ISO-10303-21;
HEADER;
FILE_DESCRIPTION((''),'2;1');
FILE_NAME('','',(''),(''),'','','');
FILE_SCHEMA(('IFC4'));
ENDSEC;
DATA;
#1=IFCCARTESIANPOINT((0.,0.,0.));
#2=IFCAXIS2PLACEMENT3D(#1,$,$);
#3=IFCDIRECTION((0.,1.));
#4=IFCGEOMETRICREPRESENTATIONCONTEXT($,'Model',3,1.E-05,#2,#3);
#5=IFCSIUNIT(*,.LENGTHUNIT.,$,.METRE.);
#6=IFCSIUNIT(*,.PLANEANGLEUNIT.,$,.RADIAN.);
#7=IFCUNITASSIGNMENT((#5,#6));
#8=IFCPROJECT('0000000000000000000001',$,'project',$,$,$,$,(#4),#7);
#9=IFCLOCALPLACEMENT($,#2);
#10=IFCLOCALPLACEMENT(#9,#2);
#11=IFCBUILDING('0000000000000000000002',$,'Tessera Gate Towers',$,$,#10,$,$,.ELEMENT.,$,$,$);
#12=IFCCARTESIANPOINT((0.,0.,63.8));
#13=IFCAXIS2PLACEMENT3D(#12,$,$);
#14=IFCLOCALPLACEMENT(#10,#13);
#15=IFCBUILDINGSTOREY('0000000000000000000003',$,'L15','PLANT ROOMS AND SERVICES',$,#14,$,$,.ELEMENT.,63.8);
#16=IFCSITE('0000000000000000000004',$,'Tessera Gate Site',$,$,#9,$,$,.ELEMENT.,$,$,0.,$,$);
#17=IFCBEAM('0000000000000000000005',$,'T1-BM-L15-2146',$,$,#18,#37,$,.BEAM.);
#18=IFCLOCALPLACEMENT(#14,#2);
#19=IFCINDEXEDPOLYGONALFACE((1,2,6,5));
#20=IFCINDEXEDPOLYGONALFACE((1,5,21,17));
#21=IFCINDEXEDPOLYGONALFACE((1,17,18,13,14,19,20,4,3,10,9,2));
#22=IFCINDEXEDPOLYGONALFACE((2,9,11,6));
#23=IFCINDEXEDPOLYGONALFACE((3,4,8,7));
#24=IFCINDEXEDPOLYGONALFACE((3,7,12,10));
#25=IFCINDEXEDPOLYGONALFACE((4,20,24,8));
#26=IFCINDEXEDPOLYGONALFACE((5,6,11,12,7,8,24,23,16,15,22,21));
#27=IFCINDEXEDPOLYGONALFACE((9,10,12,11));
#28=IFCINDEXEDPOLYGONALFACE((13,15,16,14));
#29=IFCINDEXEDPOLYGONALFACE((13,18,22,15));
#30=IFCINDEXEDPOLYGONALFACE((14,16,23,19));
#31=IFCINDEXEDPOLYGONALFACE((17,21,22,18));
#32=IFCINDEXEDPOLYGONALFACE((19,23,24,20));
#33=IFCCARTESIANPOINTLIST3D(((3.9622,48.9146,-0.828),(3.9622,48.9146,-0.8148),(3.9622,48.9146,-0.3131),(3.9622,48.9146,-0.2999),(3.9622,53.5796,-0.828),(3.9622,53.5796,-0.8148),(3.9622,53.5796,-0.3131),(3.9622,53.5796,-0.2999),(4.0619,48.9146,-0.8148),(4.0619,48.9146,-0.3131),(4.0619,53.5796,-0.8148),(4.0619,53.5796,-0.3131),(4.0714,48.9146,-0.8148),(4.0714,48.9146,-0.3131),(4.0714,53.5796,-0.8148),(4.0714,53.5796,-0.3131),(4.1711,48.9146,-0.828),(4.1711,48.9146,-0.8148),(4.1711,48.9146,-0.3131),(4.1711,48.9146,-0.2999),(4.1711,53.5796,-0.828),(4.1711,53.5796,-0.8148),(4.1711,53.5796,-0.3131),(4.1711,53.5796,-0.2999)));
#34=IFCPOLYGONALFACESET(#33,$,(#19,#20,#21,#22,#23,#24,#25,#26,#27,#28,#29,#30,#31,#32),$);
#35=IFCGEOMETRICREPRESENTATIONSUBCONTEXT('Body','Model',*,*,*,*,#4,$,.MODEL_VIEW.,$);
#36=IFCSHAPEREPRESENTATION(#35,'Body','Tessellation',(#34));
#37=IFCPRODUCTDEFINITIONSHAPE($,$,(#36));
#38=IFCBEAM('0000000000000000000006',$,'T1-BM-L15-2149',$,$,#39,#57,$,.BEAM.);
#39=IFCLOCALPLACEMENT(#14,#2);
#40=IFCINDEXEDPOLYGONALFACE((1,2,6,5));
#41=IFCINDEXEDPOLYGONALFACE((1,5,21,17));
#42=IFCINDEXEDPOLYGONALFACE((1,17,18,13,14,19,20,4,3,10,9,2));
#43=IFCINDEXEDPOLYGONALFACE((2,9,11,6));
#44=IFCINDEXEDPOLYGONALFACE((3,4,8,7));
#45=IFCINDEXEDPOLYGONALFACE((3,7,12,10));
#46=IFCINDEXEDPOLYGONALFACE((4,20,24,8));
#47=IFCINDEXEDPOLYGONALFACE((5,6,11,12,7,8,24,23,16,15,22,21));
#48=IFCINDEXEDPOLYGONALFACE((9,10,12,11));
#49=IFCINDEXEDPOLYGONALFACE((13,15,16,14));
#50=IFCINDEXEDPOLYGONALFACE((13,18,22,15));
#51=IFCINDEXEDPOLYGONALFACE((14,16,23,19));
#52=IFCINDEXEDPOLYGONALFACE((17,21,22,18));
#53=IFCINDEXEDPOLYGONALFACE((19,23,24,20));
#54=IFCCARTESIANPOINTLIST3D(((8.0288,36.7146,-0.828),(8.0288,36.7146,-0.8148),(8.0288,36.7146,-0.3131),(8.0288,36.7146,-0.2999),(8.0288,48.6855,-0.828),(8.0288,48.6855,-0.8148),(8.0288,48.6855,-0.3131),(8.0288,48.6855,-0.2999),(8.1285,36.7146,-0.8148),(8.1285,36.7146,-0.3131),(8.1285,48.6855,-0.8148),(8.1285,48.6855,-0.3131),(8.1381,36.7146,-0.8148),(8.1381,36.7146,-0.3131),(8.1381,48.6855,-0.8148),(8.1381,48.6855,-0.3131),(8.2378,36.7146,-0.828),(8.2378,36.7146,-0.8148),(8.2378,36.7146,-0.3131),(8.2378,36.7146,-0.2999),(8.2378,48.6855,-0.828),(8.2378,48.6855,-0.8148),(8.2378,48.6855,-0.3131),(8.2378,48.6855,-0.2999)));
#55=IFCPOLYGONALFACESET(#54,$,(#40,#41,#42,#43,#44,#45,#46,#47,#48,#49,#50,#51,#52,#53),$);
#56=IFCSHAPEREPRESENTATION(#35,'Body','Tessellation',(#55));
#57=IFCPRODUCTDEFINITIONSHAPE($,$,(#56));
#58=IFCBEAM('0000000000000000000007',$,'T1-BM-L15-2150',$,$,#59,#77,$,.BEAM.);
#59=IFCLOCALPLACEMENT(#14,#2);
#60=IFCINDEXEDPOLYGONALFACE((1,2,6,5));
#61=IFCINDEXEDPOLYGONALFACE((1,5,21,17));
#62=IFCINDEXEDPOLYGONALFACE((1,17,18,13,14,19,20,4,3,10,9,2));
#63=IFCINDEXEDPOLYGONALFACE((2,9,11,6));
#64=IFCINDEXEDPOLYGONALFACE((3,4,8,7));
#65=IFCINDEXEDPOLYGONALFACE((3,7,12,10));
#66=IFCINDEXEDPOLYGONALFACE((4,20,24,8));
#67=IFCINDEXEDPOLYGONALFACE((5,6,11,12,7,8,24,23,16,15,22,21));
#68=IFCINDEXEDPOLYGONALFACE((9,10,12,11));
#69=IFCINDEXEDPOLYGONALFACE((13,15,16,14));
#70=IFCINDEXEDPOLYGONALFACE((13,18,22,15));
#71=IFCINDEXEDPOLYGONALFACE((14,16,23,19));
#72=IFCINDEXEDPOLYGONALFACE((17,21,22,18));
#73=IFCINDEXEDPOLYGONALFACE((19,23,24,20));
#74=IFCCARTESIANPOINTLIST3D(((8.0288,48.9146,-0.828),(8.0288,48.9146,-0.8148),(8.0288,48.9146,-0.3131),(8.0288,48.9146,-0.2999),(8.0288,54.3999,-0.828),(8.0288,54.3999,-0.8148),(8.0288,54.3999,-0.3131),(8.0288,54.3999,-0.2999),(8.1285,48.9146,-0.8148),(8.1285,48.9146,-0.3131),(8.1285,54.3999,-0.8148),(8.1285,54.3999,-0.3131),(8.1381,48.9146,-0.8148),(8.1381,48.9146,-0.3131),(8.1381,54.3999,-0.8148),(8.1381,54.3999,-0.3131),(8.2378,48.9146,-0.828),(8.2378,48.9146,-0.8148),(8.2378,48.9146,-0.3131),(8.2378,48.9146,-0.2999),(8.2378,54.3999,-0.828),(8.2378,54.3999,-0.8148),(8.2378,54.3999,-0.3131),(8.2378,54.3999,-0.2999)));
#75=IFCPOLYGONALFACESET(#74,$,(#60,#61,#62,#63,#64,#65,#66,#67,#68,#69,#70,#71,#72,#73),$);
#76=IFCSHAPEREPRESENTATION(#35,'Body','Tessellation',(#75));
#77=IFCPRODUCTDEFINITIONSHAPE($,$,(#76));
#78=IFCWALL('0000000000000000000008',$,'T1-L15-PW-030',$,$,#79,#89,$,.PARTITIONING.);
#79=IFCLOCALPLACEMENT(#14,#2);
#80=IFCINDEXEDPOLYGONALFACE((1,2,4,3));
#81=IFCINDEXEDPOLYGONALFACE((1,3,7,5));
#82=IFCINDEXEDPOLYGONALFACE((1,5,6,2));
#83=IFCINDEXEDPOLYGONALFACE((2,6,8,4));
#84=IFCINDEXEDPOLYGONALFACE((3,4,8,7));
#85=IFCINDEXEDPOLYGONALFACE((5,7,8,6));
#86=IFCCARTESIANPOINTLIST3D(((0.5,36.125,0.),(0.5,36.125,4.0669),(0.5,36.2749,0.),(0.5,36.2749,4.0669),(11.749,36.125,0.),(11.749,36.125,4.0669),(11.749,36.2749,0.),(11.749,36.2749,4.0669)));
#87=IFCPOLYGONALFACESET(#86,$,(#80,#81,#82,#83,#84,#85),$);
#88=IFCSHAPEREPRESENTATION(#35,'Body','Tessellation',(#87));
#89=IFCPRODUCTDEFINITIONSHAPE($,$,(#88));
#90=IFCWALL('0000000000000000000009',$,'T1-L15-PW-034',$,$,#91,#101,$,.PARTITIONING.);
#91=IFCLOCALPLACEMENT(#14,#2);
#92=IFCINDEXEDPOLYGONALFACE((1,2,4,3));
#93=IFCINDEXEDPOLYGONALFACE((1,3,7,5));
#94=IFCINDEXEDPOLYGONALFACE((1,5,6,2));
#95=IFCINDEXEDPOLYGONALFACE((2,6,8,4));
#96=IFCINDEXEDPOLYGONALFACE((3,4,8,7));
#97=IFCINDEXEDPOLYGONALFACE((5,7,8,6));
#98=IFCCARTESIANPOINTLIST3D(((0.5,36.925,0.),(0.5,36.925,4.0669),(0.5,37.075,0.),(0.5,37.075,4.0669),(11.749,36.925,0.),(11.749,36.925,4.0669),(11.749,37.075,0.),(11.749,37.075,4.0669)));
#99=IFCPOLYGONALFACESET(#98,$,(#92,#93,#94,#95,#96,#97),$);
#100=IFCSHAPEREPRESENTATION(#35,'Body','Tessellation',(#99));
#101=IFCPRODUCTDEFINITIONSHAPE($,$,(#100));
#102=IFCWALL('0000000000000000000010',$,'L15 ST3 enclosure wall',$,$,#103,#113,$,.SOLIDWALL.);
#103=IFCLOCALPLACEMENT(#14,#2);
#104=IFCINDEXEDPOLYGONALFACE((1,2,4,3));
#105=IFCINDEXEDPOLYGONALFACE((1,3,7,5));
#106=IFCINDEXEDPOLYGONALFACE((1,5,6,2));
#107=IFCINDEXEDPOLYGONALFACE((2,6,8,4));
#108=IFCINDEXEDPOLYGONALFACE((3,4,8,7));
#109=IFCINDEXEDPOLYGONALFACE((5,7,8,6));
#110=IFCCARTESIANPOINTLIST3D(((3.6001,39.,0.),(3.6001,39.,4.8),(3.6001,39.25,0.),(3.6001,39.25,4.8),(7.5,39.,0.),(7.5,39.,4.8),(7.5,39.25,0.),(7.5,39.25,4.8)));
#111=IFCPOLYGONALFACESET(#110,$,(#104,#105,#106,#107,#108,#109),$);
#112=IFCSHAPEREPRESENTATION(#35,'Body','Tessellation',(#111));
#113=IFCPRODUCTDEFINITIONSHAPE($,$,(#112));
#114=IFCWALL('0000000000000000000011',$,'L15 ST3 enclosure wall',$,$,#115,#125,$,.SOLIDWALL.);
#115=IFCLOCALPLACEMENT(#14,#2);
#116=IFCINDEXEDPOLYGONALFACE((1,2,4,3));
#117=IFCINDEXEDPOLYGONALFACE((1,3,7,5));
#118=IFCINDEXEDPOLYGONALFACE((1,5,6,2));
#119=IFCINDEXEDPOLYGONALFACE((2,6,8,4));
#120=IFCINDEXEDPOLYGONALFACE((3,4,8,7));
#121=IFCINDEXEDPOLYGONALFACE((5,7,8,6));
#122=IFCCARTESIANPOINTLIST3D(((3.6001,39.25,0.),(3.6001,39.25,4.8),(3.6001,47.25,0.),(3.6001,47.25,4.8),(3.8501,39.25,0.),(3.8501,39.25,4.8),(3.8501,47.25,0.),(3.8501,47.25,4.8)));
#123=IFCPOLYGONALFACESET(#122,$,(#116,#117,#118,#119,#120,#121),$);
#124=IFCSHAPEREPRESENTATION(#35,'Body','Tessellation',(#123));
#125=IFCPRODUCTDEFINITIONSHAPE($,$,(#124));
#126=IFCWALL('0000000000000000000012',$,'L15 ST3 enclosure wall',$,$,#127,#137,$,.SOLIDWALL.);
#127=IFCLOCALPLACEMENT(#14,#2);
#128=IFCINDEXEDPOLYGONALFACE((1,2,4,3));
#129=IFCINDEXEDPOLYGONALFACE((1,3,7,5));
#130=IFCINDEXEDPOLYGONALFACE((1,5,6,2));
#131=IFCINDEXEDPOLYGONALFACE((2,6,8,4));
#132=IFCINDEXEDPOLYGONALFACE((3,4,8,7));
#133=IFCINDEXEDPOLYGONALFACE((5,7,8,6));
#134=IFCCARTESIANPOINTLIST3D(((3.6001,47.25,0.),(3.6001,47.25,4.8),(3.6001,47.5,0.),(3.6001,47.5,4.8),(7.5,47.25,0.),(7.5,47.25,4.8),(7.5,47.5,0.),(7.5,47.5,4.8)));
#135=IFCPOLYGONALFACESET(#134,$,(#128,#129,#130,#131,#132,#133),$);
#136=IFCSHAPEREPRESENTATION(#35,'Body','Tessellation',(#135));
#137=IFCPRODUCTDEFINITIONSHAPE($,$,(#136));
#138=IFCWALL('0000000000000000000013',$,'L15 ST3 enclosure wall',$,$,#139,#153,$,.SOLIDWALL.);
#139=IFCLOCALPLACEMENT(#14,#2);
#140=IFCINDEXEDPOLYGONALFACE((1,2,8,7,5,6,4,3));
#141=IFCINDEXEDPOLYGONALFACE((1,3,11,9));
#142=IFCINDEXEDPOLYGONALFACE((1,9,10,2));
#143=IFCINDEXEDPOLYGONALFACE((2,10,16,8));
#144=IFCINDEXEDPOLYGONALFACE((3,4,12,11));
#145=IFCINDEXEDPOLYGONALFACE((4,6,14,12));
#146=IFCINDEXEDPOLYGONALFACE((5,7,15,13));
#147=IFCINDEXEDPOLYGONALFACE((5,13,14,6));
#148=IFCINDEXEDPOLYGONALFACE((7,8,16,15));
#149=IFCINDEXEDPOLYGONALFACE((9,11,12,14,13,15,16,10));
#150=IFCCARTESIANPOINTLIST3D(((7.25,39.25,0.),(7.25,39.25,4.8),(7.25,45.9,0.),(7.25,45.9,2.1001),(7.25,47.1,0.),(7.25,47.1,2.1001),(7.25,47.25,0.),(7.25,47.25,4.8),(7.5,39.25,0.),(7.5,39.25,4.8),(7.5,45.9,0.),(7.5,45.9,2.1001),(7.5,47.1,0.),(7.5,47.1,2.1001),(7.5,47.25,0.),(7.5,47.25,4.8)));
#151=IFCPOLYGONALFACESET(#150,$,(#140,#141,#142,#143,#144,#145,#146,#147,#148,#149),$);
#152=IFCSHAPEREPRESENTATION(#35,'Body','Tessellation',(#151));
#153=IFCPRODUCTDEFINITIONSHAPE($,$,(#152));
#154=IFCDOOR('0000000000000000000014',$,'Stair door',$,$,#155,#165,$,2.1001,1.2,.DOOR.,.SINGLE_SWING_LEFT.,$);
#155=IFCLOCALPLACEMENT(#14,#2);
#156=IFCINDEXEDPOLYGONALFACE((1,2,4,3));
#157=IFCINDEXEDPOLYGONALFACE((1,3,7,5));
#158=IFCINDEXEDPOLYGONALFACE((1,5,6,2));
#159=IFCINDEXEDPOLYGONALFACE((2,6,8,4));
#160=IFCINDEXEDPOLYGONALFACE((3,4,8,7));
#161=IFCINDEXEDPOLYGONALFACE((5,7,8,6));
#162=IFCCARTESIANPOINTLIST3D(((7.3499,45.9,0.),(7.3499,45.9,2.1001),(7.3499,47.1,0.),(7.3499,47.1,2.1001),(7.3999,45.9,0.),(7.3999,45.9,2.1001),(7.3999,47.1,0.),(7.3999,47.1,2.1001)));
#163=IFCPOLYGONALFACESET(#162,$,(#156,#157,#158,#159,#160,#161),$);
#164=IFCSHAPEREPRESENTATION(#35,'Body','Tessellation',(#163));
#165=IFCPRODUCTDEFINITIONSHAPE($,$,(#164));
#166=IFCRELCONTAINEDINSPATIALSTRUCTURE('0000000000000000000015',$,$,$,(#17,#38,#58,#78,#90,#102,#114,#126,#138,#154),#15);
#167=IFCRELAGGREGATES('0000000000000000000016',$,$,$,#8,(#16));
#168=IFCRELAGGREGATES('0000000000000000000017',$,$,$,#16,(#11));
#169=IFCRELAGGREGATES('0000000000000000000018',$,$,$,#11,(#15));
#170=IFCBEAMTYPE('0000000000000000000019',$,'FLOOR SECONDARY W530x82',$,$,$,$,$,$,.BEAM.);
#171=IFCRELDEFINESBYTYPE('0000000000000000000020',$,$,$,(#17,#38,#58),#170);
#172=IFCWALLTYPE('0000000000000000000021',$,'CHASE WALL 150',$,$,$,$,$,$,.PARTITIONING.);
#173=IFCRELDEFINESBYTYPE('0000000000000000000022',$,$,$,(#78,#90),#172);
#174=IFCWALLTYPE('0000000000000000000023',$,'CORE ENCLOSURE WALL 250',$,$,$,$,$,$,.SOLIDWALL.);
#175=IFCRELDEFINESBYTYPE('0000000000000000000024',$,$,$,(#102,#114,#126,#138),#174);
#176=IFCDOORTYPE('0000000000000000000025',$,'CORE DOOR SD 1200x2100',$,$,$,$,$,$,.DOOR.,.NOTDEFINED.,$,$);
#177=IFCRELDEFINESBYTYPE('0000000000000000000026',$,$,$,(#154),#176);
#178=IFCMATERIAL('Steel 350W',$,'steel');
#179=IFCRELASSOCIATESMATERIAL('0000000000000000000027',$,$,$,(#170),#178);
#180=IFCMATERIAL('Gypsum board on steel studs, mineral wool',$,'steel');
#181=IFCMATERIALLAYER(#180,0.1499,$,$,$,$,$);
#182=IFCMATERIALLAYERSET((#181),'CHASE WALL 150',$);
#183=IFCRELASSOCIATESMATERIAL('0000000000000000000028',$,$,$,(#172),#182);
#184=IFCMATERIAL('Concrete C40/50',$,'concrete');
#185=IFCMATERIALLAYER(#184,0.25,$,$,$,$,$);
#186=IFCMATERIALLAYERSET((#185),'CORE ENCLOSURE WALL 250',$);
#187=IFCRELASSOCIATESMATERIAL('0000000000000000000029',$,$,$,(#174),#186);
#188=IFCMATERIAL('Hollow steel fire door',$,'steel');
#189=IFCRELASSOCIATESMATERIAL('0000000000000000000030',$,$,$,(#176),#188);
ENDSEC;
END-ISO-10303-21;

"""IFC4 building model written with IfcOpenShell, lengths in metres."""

from ifc_helpers import new_model, si_unit, direction, frame, frame_2d, origin, origin_2d, place, context, subcontext, project, spatial, rectangle, i_section, extrude, source, transform, mapped, material, layer, layer_set, material_profile, profile_set, type_object, element, fill, save


model = new_model("IFC4")

# Units and contexts
model_context = context("Model", 3, precision=1e-05, world=origin(), true_north=direction((0.0, 1.0)))
body_context = subcontext(model_context, "Body", "Model", "MODEL_VIEW")
ifc_project = project(units=[si_unit("LENGTHUNIT", "METRE"), si_unit("PLANEANGLEUNIT", "RADIAN")], contexts=[model_context])

# Site, building, storey
site_placement = place(None, origin())
site = spatial("IfcSite", under=ifc_project, at=site_placement, Name="Tessera Gate Site", CompositionType="ELEMENT", RefElevation=0.0)
building_placement = place(site_placement, origin())
building = spatial("IfcBuilding", under=site, at=building_placement, Name="Tessera Gate Towers", CompositionType="ELEMENT")
storey_placement = place(building_placement, frame((0.0, 0.0, 63.8)))
storey = spatial("IfcBuildingStorey", under=building, at=storey_placement, Name="L15", Description="PLANT ROOMS AND SERVICES", CompositionType="ELEMENT", Elevation=63.8)

# Beams
ifc_material_1 = material(Name="Steel 350W", Category="steel")
ifc_material_profile_1 = material_profile(ifc_material_1, i_section(OverallWidth=0.209, OverallDepth=0.5281, WebThickness=0.0095, FlangeThickness=0.0132, at=origin_2d()), Name="W530x82")
ifc_profile_set_1 = profile_set([ifc_material_profile_1], Name="Steel 350W")
beam_type_1 = type_object("IfcBeamType", Name="FLOOR SECONDARY W530x82", PredefinedType="BEAM", material=ifc_profile_set_1)
beam_1_placement = place(storey_placement, frame((4.0667, 48.9146, -0.564), z_axis=(0.0, 1.0, 0.0), x_axis=(-1.0, 0.0, 0.0)))
element("IfcBeam", 1, at=beam_1_placement, inside=storey, type_object=beam_type_1, Name="T1-BM-L15-2146", PredefinedType="BEAM", context=body_context, shape_type="SweptSolid", body=[
    extrude(i_section(OverallWidth=0.209, OverallDepth=0.5281, WebThickness=0.0095, FlangeThickness=0.0132, at=origin_2d()), origin(), (0.0, 0.0, 1.0), 4.665),
])
beam_2_placement = place(storey_placement, frame((8.1333, 36.7146, -0.564), z_axis=(0.0, 1.0, 0.0), x_axis=(-1.0, 0.0, 0.0)))
element("IfcBeam", 2, at=beam_2_placement, inside=storey, type_object=beam_type_1, Name="T1-BM-L15-2149", PredefinedType="BEAM", context=body_context, shape_type="SweptSolid", body=[
    extrude(i_section(OverallWidth=0.209, OverallDepth=0.5281, WebThickness=0.0095, FlangeThickness=0.0132, at=origin_2d()), origin(), (0.0, 0.0, 1.0), 11.9709),
])
beam_3_placement = place(storey_placement, frame((8.1333, 48.9146, -0.564), z_axis=(0.0, 1.0, 0.0), x_axis=(-1.0, 0.0, 0.0)))
element("IfcBeam", 3, at=beam_3_placement, inside=storey, type_object=beam_type_1, Name="T1-BM-L15-2150", PredefinedType="BEAM", context=body_context, shape_type="SweptSolid", body=[
    extrude(i_section(OverallWidth=0.209, OverallDepth=0.5281, WebThickness=0.0095, FlangeThickness=0.0132, at=origin_2d()), origin(), (0.0, 0.0, 1.0), 5.4854),
])

# Walls
ifc_material_2 = material(Name="Gypsum board on steel studs, mineral wool", Category="steel")
ifc_layer_1 = layer(ifc_material_2, 0.1499)
ifc_layer_set_1 = layer_set([ifc_layer_1], Name="CHASE WALL 150")
wall_type_1 = type_object("IfcWallType", Name="CHASE WALL 150", PredefinedType="PARTITIONING", material=ifc_layer_set_1)
for number, where, z_axis, x_axis, name in (
    (4, (0.5, 36.2, 0.0), (0.0, 0.0, 1.0), (1.0, 0.0, 0.0), "T1-L15-PW-030"),
    (5, (0.5, 37.0, 0.0), (0.0, 0.0, 1.0), (1.0, 0.0, 0.0), "T1-L15-PW-034"),
):
    element("IfcWall", number, at=place(storey_placement, frame(where, z_axis=z_axis, x_axis=x_axis)), inside=storey, type_object=wall_type_1, Name=name, PredefinedType="PARTITIONING", context=body_context, shape_type="SweptSolid", body=[
        extrude(rectangle(XDim=11.249, YDim=0.1499, at=frame_2d((5.6245, 0.0))), origin(), (0.0, 0.0, 1.0), 4.0669),
    ])
ifc_material_3 = material(Name="Concrete C40/50", Category="concrete")
ifc_layer_2 = layer(ifc_material_3, 0.25)
ifc_layer_set_2 = layer_set([ifc_layer_2], Name="CORE ENCLOSURE WALL 250")
wall_type_2 = type_object("IfcWallType", Name="CORE ENCLOSURE WALL 250", PredefinedType="SOLIDWALL", material=ifc_layer_set_2)
wall_1_placement = place(storey_placement, frame((7.5, 39.125, 0.0), z_axis=(0.0, 0.0, 1.0), x_axis=(-1.0, 0.0, 0.0)))
element("IfcWall", 6, at=wall_1_placement, inside=storey, type_object=wall_type_2, Name="L15 ST3 enclosure wall", PredefinedType="SOLIDWALL", context=body_context, shape_type="SweptSolid", body=[
    extrude(rectangle(XDim=3.8999, YDim=0.25, at=frame_2d((1.95, 0.0))), origin(), (0.0, 0.0, 1.0), 4.8),
])
wall_2_placement = place(storey_placement, frame((3.7251, 39.25, 0.0), z_axis=(0.0, 0.0, 1.0), x_axis=(0.0, 1.0, 0.0)))
element("IfcWall", 7, at=wall_2_placement, inside=storey, type_object=wall_type_2, Name="L15 ST3 enclosure wall", PredefinedType="SOLIDWALL", context=body_context, shape_type="SweptSolid", body=[
    extrude(rectangle(XDim=8.0, YDim=0.25, at=frame_2d((4.0, 0.0))), origin(), (0.0, 0.0, 1.0), 4.8),
])
wall_3_placement = place(storey_placement, frame((3.6001, 47.375, 0.0), z_axis=(0.0, 0.0, 1.0), x_axis=(1.0, 0.0, 0.0)))
element("IfcWall", 8, at=wall_3_placement, inside=storey, type_object=wall_type_2, Name="L15 ST3 enclosure wall", PredefinedType="SOLIDWALL", context=body_context, shape_type="SweptSolid", body=[
    extrude(rectangle(XDim=3.8999, YDim=0.25, at=frame_2d((1.95, 0.0))), origin(), (0.0, 0.0, 1.0), 4.8),
])

# Wall, opening, door
wall_4_placement = place(storey_placement, frame((7.375, 47.25, 0.0), z_axis=(0.0, 0.0, 1.0), x_axis=(0.0, -1.0, 0.0)))
wall_4 = element("IfcWall", 9, at=wall_4_placement, inside=storey, type_object=wall_type_2, Name="L15 ST3 enclosure wall", PredefinedType="SOLIDWALL", context=body_context, shape_type="SweptSolid", body=[
    extrude(rectangle(XDim=8.0, YDim=0.25, at=frame_2d((4.0, 0.0))), origin(), (0.0, 0.0, 1.0), 4.8),
])
shared_shape_1 = source(origin(), body_context, "Body", "SweptSolid", [
    extrude(rectangle(XDim=1.2, YDim=2.1001, at=frame_2d((0.6001, 1.05))), frame((0.0, 0.135, 0.0), z_axis=(0.0, -1.0, 0.0), x_axis=(1.0, 0.0, 0.0)), (0.0, 0.0, 1.0), 0.27),
])
opening_1_placement = place(wall_4_placement, frame((0.1499, 0.0, 0.0)))
opening_1 = element("IfcOpeningElement", 10, at=opening_1_placement, cuts=wall_4, PredefinedType="OPENING", context=body_context, shape_type="MappedRepresentation", body=[
    mapped(shared_shape_1, transform((0.0, 0.0, 0.0), scale=1.0)),
])
ifc_material_4 = material(Name="Hollow steel fire door", Category="steel")
door_type_1 = type_object("IfcDoorType", Name="CORE DOOR SD 1200x2100", OperationType="NOTDEFINED", PredefinedType="DOOR", material=ifc_material_4)
shared_shape_2 = source(origin(), body_context, "Body", "SweptSolid", [
    extrude(rectangle(XDim=1.2, YDim=2.1001, at=frame_2d((0.6001, 1.05))), frame((0.0, 0.0249, 0.0), z_axis=(0.0, -1.0, 0.0), x_axis=(1.0, 0.0, 0.0)), (0.0, 0.0, 1.0), 0.05),
])
door_1_placement = place(opening_1_placement, origin())
door_1 = element("IfcDoor", 11, at=door_1_placement, inside=storey, type_object=door_type_1, Name="Stair door", OperationType="SINGLE_SWING_LEFT", OverallHeight=2.1001, OverallWidth=1.2, PredefinedType="DOOR", context=body_context, shape_type="MappedRepresentation", body=[
    mapped(shared_shape_2, transform((0.0, 0.0, 0.0), scale=1.0)),
])
fill(opening_1, door_1)

save(model, "model.ifc")
